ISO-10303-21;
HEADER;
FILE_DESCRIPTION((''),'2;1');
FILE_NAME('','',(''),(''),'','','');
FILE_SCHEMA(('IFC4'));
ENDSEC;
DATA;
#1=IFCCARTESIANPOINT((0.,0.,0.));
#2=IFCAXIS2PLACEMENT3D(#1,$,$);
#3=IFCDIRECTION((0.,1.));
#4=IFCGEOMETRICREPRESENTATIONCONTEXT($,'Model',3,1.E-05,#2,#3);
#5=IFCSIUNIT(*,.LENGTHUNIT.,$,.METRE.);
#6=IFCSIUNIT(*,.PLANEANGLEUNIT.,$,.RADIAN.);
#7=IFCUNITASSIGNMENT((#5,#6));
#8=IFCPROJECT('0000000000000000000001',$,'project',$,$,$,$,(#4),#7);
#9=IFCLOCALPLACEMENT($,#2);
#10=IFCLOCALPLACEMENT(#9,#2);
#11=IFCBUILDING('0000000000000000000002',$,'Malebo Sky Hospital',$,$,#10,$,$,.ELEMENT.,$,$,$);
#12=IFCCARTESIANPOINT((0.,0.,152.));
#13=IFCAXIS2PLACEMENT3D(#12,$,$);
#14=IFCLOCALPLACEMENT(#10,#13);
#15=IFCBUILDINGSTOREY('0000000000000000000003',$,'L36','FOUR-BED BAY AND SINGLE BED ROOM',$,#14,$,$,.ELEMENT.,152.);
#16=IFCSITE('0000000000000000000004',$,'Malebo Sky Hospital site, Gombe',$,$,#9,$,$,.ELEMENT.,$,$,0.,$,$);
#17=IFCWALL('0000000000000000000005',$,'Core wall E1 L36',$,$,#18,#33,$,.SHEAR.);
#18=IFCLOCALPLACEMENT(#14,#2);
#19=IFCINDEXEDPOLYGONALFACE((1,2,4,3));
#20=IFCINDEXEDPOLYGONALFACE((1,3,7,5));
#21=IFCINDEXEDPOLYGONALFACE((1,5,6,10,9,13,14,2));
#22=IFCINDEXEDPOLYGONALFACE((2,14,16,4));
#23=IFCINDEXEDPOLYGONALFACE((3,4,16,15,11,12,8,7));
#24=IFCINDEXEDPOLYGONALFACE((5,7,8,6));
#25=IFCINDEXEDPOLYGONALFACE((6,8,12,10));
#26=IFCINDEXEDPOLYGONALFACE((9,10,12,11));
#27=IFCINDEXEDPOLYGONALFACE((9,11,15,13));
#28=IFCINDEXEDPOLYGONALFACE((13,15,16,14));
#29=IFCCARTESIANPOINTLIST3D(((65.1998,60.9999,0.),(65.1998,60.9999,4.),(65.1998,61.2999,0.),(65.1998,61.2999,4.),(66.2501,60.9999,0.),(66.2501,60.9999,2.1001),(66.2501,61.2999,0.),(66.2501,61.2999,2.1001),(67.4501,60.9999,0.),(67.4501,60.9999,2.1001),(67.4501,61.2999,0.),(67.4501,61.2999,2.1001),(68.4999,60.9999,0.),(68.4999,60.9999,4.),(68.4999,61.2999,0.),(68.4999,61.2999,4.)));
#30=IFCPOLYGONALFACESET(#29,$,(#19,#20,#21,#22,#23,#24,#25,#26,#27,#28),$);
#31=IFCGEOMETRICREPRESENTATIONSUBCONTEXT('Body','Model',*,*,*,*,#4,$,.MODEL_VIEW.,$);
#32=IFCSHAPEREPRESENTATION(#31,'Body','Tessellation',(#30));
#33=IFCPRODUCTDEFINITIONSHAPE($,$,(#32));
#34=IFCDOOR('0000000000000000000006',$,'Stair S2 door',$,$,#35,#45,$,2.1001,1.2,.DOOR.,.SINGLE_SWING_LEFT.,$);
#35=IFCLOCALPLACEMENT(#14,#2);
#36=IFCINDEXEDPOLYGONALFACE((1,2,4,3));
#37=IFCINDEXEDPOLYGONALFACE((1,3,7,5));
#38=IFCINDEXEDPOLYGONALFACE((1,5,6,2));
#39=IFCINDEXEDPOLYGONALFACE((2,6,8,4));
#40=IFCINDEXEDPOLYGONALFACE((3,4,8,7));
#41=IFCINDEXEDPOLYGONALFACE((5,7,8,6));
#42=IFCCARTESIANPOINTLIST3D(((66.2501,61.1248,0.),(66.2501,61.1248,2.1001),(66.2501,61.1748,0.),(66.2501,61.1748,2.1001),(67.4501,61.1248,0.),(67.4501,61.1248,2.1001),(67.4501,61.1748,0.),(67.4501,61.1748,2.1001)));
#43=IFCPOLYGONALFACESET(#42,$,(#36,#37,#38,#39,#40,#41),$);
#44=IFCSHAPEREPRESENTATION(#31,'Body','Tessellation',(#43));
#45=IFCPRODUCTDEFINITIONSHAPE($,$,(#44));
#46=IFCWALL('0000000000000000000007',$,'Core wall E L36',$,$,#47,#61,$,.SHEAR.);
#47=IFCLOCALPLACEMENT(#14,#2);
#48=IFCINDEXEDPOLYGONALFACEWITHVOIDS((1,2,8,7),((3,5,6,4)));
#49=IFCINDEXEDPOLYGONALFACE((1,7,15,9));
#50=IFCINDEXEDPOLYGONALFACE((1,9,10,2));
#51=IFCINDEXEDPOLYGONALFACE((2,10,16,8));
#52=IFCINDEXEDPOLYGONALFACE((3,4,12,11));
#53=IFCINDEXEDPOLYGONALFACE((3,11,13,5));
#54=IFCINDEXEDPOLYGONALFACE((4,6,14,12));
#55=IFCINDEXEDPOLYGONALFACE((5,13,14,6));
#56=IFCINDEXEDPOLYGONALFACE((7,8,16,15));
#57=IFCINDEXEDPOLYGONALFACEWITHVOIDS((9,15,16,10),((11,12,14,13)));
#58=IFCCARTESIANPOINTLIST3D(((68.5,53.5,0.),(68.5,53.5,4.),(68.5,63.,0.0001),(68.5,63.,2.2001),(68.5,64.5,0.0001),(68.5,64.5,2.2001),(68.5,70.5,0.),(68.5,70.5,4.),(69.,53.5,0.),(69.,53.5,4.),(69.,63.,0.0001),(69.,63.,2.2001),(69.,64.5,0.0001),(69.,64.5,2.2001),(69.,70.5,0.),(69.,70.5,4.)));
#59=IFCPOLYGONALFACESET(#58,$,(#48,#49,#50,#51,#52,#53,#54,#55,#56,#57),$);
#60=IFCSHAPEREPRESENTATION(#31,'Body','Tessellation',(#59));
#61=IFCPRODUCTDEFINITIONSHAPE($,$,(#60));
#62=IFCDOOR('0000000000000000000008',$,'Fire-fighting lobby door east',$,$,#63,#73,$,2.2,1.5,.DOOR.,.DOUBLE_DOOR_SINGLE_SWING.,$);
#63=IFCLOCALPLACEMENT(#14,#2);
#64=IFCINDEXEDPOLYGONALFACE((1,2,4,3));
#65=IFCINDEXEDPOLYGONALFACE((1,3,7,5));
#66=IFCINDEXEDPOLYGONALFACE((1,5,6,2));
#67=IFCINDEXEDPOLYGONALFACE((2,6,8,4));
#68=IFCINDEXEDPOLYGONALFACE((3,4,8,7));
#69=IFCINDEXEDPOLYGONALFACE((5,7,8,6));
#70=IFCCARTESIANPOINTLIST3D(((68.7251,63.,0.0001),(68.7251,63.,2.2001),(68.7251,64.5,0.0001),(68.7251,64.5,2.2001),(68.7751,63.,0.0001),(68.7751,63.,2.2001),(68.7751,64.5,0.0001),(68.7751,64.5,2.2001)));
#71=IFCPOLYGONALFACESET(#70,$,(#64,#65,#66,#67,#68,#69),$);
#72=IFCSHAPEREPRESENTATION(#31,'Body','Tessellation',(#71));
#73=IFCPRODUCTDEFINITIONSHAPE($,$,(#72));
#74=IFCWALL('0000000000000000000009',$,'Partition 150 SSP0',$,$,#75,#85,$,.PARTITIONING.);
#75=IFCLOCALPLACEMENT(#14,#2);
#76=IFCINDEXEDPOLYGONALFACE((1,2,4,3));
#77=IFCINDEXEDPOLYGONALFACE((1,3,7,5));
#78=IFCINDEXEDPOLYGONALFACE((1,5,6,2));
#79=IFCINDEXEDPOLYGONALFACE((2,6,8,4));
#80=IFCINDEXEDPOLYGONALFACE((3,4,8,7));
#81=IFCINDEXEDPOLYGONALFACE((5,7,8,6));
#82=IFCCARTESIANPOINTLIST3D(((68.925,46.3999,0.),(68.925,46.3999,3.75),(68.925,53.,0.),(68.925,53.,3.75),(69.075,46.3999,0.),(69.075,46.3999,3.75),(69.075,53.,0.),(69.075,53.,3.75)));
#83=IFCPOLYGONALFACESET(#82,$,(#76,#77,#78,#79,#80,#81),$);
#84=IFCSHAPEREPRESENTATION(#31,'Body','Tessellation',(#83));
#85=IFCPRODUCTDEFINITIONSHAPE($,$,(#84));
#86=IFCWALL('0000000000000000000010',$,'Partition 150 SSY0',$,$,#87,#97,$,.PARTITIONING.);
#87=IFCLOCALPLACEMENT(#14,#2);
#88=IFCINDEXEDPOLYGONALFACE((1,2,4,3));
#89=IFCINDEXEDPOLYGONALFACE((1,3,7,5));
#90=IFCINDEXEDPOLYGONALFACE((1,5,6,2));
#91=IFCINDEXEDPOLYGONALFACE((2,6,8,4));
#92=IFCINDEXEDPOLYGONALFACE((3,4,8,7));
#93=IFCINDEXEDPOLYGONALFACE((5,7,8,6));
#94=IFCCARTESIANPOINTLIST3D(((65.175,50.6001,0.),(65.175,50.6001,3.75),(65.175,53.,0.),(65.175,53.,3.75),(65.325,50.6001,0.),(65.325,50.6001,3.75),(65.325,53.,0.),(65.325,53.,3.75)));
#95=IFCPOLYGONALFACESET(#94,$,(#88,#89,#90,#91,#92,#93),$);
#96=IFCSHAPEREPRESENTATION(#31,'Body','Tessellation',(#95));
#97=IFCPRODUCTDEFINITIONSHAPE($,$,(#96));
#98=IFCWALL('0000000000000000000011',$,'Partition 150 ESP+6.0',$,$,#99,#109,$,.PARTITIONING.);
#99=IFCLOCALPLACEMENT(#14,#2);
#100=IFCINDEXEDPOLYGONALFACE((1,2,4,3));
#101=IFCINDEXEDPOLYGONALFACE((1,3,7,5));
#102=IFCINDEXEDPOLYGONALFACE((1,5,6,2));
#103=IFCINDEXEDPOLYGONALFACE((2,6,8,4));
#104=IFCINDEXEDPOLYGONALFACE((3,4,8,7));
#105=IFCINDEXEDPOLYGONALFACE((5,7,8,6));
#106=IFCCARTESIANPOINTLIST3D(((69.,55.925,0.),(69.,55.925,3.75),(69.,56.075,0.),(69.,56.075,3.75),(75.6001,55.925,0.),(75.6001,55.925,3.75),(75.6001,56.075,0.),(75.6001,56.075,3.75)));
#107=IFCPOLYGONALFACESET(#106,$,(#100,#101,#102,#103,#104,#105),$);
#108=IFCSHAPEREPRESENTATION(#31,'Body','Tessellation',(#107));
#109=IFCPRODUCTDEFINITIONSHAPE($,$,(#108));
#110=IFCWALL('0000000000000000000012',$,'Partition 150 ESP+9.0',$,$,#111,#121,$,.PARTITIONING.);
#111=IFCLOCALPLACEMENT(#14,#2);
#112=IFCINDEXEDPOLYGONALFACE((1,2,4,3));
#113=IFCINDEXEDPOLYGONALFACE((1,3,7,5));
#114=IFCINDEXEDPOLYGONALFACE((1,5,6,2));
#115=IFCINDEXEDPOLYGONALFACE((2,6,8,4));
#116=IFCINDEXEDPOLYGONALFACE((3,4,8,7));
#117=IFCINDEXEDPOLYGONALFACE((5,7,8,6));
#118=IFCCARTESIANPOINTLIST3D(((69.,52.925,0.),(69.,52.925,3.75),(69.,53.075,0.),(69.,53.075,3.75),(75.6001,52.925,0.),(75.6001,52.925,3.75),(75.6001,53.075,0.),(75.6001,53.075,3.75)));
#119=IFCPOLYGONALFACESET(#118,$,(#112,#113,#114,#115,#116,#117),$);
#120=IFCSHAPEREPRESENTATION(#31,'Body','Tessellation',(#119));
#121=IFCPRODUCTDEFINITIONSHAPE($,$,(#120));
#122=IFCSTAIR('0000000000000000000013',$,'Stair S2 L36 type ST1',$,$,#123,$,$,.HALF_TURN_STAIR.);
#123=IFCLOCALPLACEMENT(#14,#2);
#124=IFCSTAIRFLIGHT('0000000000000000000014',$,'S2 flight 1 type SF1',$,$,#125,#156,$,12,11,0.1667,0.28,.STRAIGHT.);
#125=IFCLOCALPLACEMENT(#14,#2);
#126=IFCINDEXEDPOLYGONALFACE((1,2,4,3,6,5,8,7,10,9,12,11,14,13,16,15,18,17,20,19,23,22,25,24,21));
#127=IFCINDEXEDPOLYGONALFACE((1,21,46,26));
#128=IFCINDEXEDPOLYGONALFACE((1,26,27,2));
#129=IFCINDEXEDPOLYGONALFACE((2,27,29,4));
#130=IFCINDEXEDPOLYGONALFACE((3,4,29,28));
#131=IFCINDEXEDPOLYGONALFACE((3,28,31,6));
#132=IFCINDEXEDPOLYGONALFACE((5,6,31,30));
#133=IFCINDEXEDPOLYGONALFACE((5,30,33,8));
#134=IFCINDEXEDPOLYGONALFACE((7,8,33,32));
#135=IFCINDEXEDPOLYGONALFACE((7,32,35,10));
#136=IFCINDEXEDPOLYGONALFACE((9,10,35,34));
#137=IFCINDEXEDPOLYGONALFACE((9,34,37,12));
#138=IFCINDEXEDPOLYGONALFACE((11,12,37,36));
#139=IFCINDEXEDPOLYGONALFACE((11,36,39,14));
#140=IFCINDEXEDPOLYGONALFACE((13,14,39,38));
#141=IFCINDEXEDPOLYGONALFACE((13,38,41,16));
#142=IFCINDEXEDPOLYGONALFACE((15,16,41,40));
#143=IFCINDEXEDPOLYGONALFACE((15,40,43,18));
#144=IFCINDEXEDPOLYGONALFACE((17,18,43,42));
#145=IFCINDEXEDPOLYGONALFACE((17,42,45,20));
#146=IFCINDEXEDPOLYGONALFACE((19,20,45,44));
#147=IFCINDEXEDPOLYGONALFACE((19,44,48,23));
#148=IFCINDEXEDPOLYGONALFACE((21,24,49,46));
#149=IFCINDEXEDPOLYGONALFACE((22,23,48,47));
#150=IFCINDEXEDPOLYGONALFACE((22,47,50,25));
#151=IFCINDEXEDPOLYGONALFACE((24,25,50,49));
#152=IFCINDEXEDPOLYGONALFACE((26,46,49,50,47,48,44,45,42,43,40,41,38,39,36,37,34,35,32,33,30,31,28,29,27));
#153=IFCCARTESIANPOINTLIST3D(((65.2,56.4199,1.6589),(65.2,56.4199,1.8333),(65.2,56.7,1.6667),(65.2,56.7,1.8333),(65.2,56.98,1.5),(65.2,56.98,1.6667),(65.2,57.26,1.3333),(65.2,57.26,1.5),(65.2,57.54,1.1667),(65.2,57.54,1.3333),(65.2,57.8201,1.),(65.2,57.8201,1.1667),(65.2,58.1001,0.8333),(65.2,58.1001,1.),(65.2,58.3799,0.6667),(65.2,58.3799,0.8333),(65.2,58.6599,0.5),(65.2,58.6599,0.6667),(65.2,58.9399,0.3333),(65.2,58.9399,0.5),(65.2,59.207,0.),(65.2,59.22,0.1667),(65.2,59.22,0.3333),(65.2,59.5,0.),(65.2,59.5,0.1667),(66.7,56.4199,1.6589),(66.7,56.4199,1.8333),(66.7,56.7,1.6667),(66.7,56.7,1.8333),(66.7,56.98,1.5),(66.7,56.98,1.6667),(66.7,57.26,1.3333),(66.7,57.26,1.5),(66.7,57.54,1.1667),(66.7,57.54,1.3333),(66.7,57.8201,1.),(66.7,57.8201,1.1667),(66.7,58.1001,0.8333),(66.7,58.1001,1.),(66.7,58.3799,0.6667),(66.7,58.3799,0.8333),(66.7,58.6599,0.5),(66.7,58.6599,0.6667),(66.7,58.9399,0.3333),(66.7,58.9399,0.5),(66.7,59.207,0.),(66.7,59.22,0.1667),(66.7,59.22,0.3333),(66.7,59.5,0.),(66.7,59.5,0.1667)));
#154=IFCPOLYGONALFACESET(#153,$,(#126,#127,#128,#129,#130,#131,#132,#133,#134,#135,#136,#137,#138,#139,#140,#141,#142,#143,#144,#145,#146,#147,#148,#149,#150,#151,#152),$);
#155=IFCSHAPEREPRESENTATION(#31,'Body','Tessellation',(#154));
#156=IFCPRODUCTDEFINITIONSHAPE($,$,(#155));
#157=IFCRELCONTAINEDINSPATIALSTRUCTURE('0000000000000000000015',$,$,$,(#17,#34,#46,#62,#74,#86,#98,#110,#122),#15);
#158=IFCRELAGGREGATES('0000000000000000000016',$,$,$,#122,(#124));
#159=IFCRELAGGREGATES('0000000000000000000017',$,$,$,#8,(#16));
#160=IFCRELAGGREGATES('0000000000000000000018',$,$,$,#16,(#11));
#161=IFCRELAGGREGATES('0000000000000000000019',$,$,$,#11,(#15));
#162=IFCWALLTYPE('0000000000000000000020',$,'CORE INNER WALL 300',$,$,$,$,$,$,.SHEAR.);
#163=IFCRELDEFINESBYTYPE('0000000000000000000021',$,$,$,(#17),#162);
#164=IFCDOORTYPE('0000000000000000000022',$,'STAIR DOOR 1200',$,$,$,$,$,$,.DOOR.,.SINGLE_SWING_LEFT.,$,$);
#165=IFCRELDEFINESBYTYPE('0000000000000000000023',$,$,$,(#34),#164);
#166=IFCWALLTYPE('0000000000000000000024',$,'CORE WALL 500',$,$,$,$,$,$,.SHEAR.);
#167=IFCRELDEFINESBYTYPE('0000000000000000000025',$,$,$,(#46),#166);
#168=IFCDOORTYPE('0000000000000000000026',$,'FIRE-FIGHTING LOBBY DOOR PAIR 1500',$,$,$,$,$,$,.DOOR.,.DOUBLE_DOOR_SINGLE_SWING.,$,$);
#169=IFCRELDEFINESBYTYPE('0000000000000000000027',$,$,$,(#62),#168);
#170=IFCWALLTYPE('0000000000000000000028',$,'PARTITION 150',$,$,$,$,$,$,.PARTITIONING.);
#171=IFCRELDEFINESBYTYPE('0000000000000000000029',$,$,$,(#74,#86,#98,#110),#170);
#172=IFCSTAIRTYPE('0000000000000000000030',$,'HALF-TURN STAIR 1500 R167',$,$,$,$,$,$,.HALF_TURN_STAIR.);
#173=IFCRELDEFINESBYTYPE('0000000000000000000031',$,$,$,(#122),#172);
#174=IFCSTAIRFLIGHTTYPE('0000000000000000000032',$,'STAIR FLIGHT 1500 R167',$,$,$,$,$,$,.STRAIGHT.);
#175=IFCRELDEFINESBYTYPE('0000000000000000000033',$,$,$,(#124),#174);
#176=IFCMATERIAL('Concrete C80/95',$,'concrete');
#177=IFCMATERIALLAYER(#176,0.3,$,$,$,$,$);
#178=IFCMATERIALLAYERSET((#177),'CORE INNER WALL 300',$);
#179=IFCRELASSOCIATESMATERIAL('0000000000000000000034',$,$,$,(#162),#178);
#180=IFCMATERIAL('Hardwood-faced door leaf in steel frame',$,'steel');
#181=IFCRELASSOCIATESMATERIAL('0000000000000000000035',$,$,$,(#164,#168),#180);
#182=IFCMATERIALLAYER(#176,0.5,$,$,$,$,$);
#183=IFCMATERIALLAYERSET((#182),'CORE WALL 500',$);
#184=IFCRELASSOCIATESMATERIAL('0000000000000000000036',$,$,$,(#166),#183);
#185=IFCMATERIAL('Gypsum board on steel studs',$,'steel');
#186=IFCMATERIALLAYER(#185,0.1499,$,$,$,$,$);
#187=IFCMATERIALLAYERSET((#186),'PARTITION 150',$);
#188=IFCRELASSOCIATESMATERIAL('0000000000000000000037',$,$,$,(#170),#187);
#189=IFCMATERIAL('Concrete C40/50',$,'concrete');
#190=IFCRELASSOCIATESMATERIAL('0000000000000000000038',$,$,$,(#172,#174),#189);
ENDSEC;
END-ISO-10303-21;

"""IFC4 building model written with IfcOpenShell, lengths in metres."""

from ifc_helpers import new_model, si_unit, direction, frame, frame_2d, origin, place, context, subcontext, project, spatial, polyline, rectangle, outline, extrude, material, layer, layer_set, type_object, element, fill, aggregate, save


model = new_model("IFC4")

# Units and contexts
model_context = context("Model", 3, precision=1e-05, world=origin(), true_north=direction((0.0, 1.0)))
body_context = subcontext(model_context, "Body", "Model", "MODEL_VIEW")
ifc_project = project(units=[si_unit("LENGTHUNIT", "METRE"), si_unit("PLANEANGLEUNIT", "RADIAN")], contexts=[model_context])

# Site, building, storey
site_placement = place(None, origin())
site = spatial("IfcSite", under=ifc_project, at=site_placement, Name="Malebo Sky Hospital site, Gombe", CompositionType="ELEMENT", RefElevation=0.0)
building_placement = place(site_placement, origin())
building = spatial("IfcBuilding", under=site, at=building_placement, Name="Malebo Sky Hospital", CompositionType="ELEMENT")
storey_placement = place(building_placement, frame((0.0, 0.0, 152.0)))
storey = spatial("IfcBuildingStorey", under=building, at=storey_placement, Name="L36", Description="FOUR-BED BAY AND SINGLE BED ROOM", CompositionType="ELEMENT", Elevation=152.0)

# Shared definitions
ifc_material_1 = material(Name="Concrete C80/95", Category="concrete")

# Shared definitions
ifc_layer_1 = layer(ifc_material_1, 0.3)
ifc_layer_set_1 = layer_set([ifc_layer_1], Name="CORE INNER WALL 300")
wall_type_1 = type_object("IfcWallType", Name="CORE INNER WALL 300", PredefinedType="SHEAR", material=ifc_layer_set_1)

# Walls, openings, doors
wall_1_placement = place(storey_placement, frame((65.2, 61.1499, 0.0), z_axis=(0.0, 0.0, 1.0), x_axis=(1.0, 0.0, 0.0)))
wall_1 = element("IfcWall", 1, at=wall_1_placement, inside=storey, type_object=wall_type_1, Name="Core wall E1 L36", PredefinedType="SHEAR", context=body_context, shape_type="SweptSolid", body=[
    extrude(rectangle(XDim=3.3, YDim=0.3, at=frame_2d((1.6499, 0.0))), origin(), (0.0, 0.0, 1.0), 4.0),
])
opening_1_placement = place(wall_1_placement, frame((1.05, 0.0, 0.0)))
opening_1 = element("IfcOpeningElement", 2, at=opening_1_placement, cuts=wall_1, PredefinedType="OPENING", context=body_context, shape_type="SweptSolid", body=[
    extrude(rectangle(XDim=1.2, YDim=2.1001, at=frame_2d((0.6001, 1.05))), frame((0.0, 0.1599, 0.0), z_axis=(0.0, -1.0, 0.0), x_axis=(1.0, 0.0, 0.0)), (0.0, 0.0, 1.0), 0.3201),
])
ifc_material_2 = material(Name="Hardwood-faced door leaf in steel frame", Category="steel")
door_type_1 = type_object("IfcDoorType", Name="STAIR DOOR 1200", OperationType="SINGLE_SWING_LEFT", PredefinedType="DOOR", material=ifc_material_2)
door_1_placement = place(opening_1_placement, origin())
door_1 = element("IfcDoor", 3, at=door_1_placement, inside=storey, type_object=door_type_1, Name="Stair S2 door", OperationType="SINGLE_SWING_LEFT", OverallHeight=2.1001, OverallWidth=1.2, PredefinedType="DOOR", context=body_context, shape_type="SweptSolid", body=[
    extrude(rectangle(XDim=1.2, YDim=2.1001, at=frame_2d((0.6001, 1.05))), frame((0.0, 0.0249, 0.0), z_axis=(0.0, -1.0, 0.0), x_axis=(1.0, 0.0, 0.0)), (0.0, 0.0, 1.0), 0.05),
])
fill(opening_1, door_1)
ifc_layer_2 = layer(ifc_material_1, 0.5)
ifc_layer_set_2 = layer_set([ifc_layer_2], Name="CORE WALL 500")
wall_type_2 = type_object("IfcWallType", Name="CORE WALL 500", PredefinedType="SHEAR", material=ifc_layer_set_2)
wall_2_placement = place(storey_placement, frame((68.75, 53.5, 0.0), z_axis=(0.0, 0.0, 1.0), x_axis=(0.0, 1.0, 0.0)))
wall_2 = element("IfcWall", 4, at=wall_2_placement, inside=storey, type_object=wall_type_2, Name="Core wall E L36", PredefinedType="SHEAR", context=body_context, shape_type="SweptSolid", body=[
    extrude(rectangle(XDim=17.0, YDim=0.5, at=frame_2d((8.5, 0.0))), origin(), (0.0, 0.0, 1.0), 4.0),
])
opening_2_placement = place(wall_2_placement, frame((9.5, 0.0, 0.0)))
opening_2 = element("IfcOpeningElement", 5, at=opening_2_placement, cuts=wall_2, PredefinedType="OPENING", context=body_context, shape_type="SweptSolid", body=[
    extrude(rectangle(XDim=1.5, YDim=2.2, at=frame_2d((0.75, 1.1001))), frame((0.0, 0.26, 0.0), z_axis=(0.0, -1.0, 0.0), x_axis=(1.0, 0.0, 0.0)), (0.0, 0.0, 1.0), 0.52),
])
door_type_2 = type_object("IfcDoorType", Name="FIRE-FIGHTING LOBBY DOOR PAIR 1500", OperationType="DOUBLE_DOOR_SINGLE_SWING", PredefinedType="DOOR", material=ifc_material_2)
door_2_placement = place(opening_2_placement, origin())
door_2 = element("IfcDoor", 6, at=door_2_placement, inside=storey, type_object=door_type_2, Name="Fire-fighting lobby door east", OperationType="DOUBLE_DOOR_SINGLE_SWING", OverallHeight=2.2, OverallWidth=1.5, PredefinedType="DOOR", context=body_context, shape_type="SweptSolid", body=[
    extrude(rectangle(XDim=1.5, YDim=2.2, at=frame_2d((0.75, 1.1001))), frame((0.0, 0.0249, 0.0), z_axis=(0.0, -1.0, 0.0), x_axis=(1.0, 0.0, 0.0)), (0.0, 0.0, 1.0), 0.05),
])
fill(opening_2, door_2)

# Walls
ifc_material_3 = material(Name="Gypsum board on steel studs", Category="steel")
ifc_layer_3 = layer(ifc_material_3, 0.1499)
ifc_layer_set_3 = layer_set([ifc_layer_3], Name="PARTITION 150")
wall_type_3 = type_object("IfcWallType", Name="PARTITION 150", PredefinedType="PARTITIONING", material=ifc_layer_set_3)
wall_3_placement = place(storey_placement, frame((69.0, 53.0, 0.0), z_axis=(0.0, 0.0, 1.0), x_axis=(0.0, -1.0, 0.0)))
element("IfcWall", 7, at=wall_3_placement, inside=storey, type_object=wall_type_3, Name="Partition 150 SSP0", PredefinedType="PARTITIONING", context=body_context, shape_type="SweptSolid", body=[
    extrude(rectangle(XDim=6.6001, YDim=0.1499, at=frame_2d((3.3, 0.0))), origin(), (0.0, 0.0, 1.0), 3.75),
])
wall_4_placement = place(storey_placement, frame((65.25, 53.0, 0.0), z_axis=(0.0, 0.0, 1.0), x_axis=(0.0, -1.0, 0.0)))
element("IfcWall", 8, at=wall_4_placement, inside=storey, type_object=wall_type_3, Name="Partition 150 SSY0", PredefinedType="PARTITIONING", context=body_context, shape_type="SweptSolid", body=[
    extrude(rectangle(XDim=2.3999, YDim=0.1499, at=frame_2d((1.2, 0.0))), origin(), (0.0, 0.0, 1.0), 3.75),
])
for number, where, z_axis, x_axis, name in (
    (9, (69.0, 56.0, 0.0), (0.0, 0.0, 1.0), (1.0, 0.0, 0.0), "Partition 150 ESP+6.0"),
    (10, (69.0, 53.0, 0.0), (0.0, 0.0, 1.0), (1.0, 0.0, 0.0), "Partition 150 ESP+9.0"),
):
    element("IfcWall", number, at=place(storey_placement, frame(where, z_axis=z_axis, x_axis=x_axis)), inside=storey, type_object=wall_type_3, Name=name, PredefinedType="PARTITIONING", context=body_context, shape_type="SweptSolid", body=[
        extrude(rectangle(XDim=6.6001, YDim=0.1499, at=frame_2d((3.3, 0.0))), origin(), (0.0, 0.0, 1.0), 3.75),
    ])

# Stair, stair flight
ifc_material_4 = material(Name="Concrete C40/50", Category="concrete")
stair_type = type_object("IfcStairType", Name="HALF-TURN STAIR 1500 R167", PredefinedType="HALF_TURN_STAIR", material=ifc_material_4)
stair_placement = place(storey_placement, origin())
stair = element("IfcStair", 11, at=stair_placement, inside=storey, type_object=stair_type, Name="Stair S2 L36 type ST1", PredefinedType="HALF_TURN_STAIR")
stair_flight_type = type_object("IfcStairFlightType", Name="STAIR FLIGHT 1500 R167", PredefinedType="STRAIGHT", material=ifc_material_4)
stair_flight_1_placement = place(storey_placement, frame((65.95, 59.5, 0.0), z_axis=(0.0, 0.0, 1.0), x_axis=(0.0, -1.0, 0.0)))
stair_flight_1 = element("IfcStairFlight", 12, at=stair_flight_1_placement, type_object=stair_flight_type, Name="S2 flight 1 type SF1", NumberOfRisers=12, NumberOfTreads=11, PredefinedType="STRAIGHT", RiserHeight=0.1667, TreadLength=0.28, context=body_context, shape_type="SweptSolid", body=[
    extrude(outline(polyline([(0.0, 0.0), (0.0, 0.1667), (0.28, 0.1667), (0.28, 0.3333), (0.5601, 0.3333), (0.5601, 0.5), (0.8401, 0.5), (0.8401, 0.6667), (1.1201, 0.6667), (1.1201, 0.8333), (1.3999, 0.8333), (1.3999, 1.0), (1.6799, 1.0), (1.6799, 1.1667), (1.96, 1.1667), (1.96, 1.3333), (2.24, 1.3333), (2.24, 1.5), (2.52, 1.5), (2.52, 1.6667), (2.8, 1.6667), (2.8, 1.8333), (3.0801, 1.8333), (3.0801, 2.0), (3.0801, 1.6589), (0.293, 0.0), (0.0, 0.0)])), frame((0.0, 0.75, 0.0), z_axis=(0.0, -1.0, 0.0), x_axis=(1.0, 0.0, 0.0)), (0.0, 0.0, 1.0), 1.5),
])
aggregate(stair, [stair_flight_1])

save(model, "model.ifc")
